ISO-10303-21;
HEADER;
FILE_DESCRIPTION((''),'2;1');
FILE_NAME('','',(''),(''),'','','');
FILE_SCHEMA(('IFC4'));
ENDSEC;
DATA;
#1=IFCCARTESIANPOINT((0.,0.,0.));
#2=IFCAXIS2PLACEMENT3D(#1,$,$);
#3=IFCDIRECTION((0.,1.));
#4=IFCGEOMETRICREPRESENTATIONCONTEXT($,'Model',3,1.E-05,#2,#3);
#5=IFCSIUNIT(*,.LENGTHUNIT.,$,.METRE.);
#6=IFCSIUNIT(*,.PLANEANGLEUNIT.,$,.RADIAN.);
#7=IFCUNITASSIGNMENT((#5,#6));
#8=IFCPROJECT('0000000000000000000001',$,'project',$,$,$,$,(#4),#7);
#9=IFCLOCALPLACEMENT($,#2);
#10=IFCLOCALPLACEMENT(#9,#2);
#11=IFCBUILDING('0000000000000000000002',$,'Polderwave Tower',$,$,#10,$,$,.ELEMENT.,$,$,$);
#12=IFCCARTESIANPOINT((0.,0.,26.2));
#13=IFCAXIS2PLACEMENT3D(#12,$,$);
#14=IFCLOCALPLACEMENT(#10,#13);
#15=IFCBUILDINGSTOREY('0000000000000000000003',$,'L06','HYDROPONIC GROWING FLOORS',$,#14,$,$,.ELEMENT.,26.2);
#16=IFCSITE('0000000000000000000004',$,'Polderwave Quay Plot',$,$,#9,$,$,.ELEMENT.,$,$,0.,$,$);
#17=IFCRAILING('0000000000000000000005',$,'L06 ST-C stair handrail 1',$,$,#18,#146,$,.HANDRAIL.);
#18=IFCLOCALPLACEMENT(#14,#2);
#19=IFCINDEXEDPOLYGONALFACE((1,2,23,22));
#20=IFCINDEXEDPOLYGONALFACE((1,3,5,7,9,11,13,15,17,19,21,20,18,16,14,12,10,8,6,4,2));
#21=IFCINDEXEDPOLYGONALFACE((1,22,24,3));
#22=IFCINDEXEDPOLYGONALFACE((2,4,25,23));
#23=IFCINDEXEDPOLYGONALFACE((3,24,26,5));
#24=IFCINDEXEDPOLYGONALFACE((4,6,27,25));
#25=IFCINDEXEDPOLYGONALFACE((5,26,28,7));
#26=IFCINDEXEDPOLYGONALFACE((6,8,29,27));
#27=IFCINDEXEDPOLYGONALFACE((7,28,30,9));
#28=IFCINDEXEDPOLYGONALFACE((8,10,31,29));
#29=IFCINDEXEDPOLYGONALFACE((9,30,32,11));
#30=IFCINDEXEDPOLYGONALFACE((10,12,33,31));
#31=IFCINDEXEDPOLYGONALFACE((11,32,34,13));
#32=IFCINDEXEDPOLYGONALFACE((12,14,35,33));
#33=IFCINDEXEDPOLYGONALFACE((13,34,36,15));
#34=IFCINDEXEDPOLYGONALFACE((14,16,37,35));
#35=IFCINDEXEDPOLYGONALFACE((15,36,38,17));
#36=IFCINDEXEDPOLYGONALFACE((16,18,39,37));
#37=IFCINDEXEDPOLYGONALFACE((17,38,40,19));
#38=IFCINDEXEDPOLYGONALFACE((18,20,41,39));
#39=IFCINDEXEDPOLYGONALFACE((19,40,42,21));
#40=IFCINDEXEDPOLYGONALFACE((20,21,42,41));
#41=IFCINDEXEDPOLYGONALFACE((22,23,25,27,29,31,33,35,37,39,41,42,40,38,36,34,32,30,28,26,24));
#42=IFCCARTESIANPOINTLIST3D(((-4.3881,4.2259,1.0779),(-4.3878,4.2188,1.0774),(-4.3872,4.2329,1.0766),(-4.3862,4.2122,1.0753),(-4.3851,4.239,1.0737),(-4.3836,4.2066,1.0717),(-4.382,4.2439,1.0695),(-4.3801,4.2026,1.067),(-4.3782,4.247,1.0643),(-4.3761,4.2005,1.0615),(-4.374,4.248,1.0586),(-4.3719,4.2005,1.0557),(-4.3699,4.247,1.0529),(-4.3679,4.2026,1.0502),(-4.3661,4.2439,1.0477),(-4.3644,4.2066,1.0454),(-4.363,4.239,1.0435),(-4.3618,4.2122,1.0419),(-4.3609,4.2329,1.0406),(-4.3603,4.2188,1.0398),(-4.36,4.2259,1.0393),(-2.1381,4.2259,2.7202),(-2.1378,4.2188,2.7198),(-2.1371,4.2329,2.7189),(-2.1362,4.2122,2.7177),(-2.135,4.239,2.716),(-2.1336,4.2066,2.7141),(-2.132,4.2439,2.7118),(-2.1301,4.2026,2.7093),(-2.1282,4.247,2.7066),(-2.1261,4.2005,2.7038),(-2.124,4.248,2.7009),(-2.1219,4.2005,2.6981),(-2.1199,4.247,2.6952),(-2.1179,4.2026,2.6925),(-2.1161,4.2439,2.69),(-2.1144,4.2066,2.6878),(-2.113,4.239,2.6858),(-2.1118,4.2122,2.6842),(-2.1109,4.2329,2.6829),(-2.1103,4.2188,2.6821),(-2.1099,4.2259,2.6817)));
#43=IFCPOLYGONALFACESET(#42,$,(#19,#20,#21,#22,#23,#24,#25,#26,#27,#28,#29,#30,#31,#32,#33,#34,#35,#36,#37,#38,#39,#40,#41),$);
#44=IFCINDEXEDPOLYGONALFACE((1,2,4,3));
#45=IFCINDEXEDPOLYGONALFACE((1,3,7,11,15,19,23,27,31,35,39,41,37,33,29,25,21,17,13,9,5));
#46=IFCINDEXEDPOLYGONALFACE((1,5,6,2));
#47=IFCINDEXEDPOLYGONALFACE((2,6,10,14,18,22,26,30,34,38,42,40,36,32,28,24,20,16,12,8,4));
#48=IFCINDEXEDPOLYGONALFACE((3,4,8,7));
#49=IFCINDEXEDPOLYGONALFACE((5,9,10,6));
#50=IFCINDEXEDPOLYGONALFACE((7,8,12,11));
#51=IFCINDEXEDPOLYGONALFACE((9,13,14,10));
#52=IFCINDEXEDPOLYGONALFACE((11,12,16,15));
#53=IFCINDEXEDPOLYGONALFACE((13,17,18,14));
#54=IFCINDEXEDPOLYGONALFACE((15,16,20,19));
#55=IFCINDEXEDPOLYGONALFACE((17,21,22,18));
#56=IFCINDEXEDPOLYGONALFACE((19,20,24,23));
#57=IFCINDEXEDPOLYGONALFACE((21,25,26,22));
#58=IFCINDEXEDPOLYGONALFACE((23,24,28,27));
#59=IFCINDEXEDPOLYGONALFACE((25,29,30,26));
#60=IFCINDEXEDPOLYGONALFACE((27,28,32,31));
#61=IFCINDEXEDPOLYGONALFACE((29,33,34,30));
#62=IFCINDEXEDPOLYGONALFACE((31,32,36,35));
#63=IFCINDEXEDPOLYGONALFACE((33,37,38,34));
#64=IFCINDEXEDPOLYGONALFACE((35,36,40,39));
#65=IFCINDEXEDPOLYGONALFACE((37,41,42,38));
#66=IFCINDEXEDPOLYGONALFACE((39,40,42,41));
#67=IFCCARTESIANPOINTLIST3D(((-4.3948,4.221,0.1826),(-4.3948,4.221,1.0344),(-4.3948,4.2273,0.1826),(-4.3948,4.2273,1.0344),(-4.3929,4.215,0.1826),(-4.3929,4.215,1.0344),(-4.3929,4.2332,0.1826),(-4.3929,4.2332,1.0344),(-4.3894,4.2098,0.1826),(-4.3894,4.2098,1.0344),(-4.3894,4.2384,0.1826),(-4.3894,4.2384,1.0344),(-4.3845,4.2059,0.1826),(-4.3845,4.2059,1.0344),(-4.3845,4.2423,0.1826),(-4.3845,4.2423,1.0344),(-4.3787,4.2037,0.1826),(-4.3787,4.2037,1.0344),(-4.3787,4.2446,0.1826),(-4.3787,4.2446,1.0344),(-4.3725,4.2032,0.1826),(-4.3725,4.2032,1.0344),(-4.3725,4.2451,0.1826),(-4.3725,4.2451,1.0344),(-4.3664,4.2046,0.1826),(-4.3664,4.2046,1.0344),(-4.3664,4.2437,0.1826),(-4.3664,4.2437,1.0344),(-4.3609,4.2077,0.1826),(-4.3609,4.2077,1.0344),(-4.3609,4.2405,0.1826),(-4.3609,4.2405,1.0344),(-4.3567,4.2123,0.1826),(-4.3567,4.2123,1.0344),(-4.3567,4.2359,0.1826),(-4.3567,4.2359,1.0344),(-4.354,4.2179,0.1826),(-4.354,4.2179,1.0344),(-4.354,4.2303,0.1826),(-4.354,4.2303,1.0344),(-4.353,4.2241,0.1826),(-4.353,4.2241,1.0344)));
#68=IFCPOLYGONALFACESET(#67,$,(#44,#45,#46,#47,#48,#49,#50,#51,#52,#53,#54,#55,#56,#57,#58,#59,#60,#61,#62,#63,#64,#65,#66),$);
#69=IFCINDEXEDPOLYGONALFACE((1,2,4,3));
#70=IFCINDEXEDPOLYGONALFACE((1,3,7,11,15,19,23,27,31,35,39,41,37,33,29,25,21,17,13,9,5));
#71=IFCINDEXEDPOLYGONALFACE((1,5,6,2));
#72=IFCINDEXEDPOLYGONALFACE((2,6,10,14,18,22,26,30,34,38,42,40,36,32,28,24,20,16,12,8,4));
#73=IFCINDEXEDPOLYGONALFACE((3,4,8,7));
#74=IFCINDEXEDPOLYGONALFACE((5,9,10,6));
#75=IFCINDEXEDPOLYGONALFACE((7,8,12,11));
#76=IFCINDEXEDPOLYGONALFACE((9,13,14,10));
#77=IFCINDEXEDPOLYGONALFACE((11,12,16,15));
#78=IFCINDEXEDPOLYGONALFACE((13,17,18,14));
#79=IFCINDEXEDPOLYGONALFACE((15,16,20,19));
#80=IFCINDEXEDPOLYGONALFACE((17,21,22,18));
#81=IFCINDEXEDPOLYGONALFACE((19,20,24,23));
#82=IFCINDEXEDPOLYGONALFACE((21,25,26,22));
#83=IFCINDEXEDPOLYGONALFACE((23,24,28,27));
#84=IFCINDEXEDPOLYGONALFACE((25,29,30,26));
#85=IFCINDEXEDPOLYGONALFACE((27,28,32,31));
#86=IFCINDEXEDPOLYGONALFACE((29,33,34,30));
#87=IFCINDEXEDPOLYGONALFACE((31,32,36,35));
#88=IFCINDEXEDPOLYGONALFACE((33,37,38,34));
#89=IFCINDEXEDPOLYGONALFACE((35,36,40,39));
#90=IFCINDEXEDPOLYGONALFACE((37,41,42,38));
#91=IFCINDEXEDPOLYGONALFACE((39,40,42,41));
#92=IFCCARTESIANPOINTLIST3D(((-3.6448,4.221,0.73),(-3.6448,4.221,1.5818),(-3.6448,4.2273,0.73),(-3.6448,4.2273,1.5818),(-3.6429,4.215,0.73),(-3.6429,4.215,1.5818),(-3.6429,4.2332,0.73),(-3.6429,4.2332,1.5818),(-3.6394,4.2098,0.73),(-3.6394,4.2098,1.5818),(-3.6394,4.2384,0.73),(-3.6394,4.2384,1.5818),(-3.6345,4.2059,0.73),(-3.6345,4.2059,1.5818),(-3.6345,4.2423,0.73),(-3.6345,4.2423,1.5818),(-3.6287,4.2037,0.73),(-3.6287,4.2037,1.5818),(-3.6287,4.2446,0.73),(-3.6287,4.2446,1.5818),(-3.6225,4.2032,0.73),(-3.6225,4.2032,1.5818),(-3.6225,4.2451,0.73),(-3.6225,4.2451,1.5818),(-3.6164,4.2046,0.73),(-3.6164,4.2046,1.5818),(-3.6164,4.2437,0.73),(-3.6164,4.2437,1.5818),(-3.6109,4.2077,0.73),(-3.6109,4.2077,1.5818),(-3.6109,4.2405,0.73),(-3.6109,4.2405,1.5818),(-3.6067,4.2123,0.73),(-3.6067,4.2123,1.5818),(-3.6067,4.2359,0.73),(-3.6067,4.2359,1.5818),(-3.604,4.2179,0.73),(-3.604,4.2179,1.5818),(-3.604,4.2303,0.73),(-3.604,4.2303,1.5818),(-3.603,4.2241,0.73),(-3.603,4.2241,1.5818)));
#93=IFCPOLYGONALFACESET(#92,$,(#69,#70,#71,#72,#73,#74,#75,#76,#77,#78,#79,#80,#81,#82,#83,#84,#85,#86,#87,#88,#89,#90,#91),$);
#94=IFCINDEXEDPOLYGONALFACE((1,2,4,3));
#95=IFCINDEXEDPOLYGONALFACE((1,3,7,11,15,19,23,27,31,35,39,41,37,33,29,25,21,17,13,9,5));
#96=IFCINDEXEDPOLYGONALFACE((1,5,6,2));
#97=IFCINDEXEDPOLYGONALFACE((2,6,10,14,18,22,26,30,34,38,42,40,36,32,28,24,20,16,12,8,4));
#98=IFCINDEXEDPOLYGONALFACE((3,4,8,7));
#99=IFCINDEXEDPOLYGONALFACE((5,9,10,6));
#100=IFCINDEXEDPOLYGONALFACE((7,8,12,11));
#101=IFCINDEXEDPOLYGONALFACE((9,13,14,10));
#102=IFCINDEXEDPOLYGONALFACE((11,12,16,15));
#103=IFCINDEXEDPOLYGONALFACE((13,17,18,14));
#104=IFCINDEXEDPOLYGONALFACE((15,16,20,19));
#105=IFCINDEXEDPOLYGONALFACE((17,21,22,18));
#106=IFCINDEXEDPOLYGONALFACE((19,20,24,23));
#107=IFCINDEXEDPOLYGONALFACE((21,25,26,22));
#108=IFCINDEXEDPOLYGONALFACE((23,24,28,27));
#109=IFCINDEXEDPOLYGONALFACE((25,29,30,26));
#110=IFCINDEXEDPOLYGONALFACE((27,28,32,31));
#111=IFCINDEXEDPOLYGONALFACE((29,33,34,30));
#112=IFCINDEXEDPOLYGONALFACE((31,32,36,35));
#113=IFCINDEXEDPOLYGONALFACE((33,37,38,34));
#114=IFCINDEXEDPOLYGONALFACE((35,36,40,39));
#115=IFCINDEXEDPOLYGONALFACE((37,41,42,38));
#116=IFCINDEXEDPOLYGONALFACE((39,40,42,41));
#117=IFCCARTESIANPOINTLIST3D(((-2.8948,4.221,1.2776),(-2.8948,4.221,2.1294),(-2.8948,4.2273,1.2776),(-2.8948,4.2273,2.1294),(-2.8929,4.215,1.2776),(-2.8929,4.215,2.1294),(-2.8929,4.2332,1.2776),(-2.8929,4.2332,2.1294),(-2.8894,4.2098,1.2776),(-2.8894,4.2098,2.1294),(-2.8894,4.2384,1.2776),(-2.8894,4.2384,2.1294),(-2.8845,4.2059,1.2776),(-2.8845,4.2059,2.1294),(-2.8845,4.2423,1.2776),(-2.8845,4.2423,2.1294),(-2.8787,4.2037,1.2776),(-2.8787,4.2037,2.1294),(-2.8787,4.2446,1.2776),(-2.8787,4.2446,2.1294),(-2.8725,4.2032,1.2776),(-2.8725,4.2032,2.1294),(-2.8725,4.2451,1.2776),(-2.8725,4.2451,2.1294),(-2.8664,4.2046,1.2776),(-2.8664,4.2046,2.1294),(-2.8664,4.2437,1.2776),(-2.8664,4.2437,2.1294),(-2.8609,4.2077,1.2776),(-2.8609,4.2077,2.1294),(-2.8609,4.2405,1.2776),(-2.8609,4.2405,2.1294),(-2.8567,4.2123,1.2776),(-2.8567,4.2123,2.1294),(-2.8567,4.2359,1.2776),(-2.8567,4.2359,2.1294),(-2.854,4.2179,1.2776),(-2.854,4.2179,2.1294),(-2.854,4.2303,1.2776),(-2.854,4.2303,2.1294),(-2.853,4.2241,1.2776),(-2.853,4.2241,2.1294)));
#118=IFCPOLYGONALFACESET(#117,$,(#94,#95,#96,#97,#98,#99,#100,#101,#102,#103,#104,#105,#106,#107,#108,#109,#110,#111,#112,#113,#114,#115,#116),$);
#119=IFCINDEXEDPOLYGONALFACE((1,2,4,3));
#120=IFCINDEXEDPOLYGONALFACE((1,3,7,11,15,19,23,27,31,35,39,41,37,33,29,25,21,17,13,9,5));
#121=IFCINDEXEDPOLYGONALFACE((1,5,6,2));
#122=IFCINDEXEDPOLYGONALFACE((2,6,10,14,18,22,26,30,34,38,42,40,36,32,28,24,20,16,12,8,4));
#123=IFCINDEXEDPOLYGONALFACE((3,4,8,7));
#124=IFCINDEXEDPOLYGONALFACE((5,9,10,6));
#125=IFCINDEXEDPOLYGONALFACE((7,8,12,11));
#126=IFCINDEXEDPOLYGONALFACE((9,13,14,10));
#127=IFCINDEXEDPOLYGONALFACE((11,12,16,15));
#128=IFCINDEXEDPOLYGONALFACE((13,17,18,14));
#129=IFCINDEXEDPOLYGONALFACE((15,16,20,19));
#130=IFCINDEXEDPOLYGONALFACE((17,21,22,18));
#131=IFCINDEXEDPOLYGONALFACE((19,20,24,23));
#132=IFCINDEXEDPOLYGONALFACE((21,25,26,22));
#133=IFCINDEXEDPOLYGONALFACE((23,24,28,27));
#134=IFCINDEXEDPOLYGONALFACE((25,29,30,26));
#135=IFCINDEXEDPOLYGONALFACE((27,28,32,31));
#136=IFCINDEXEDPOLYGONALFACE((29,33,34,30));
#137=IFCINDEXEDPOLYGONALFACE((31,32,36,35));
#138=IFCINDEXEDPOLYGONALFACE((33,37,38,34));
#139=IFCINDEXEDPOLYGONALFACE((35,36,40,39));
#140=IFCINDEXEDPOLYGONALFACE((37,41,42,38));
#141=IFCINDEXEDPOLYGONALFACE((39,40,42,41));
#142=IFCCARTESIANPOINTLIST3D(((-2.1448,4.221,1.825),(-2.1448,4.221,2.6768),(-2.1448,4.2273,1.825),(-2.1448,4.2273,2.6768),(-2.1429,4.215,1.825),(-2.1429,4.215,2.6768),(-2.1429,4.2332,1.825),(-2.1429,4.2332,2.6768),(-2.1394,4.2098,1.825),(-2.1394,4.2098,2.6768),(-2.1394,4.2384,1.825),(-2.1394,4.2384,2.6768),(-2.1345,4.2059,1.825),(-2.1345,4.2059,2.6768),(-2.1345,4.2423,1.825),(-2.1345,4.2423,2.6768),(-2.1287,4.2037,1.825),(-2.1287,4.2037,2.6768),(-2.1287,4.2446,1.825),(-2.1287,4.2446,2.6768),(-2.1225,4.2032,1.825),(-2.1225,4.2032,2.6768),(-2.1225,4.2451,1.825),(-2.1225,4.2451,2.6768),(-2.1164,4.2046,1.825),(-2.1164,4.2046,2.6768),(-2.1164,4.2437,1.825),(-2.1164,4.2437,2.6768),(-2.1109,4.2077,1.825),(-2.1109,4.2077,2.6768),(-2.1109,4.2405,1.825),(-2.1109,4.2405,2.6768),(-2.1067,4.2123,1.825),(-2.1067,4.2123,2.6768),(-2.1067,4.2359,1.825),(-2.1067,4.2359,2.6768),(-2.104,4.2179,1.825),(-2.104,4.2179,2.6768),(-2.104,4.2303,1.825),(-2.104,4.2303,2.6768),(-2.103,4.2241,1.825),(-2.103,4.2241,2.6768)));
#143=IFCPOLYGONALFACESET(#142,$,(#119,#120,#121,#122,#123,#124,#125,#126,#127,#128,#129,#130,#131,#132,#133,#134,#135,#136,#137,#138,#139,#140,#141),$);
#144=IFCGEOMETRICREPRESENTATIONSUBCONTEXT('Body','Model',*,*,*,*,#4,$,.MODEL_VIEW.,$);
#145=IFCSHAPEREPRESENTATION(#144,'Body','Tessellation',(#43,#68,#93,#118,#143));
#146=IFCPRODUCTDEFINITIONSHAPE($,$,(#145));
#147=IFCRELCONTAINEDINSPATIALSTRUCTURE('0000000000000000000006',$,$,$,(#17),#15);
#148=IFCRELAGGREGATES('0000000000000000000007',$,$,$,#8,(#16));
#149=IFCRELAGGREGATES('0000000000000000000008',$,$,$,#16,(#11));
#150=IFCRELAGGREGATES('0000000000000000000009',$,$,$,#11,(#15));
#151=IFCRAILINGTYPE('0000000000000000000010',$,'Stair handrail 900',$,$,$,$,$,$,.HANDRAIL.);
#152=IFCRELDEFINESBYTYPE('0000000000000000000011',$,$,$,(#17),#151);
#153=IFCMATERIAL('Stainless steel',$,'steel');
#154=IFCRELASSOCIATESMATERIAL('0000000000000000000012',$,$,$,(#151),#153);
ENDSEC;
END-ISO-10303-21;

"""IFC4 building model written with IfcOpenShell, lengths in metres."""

from ifc_helpers import new_model, si_unit, direction, frame, origin, origin_2d, place, context, subcontext, project, spatial, circle, extrude, material, type_object, element, save


model = new_model("IFC4")

# Units and contexts
model_context = context("Model", 3, precision=1e-05, world=origin(), true_north=direction((0.0, 1.0)))
body_context = subcontext(model_context, "Body", "Model", "MODEL_VIEW")
ifc_project = project(units=[si_unit("LENGTHUNIT", "METRE"), si_unit("PLANEANGLEUNIT", "RADIAN")], contexts=[model_context])

# Site, building, storey
site_placement = place(None, origin())
site = spatial("IfcSite", under=ifc_project, at=site_placement, Name="Polderwave Quay Plot", CompositionType="ELEMENT", RefElevation=0.0)
building_placement = place(site_placement, origin())
building = spatial("IfcBuilding", under=site, at=building_placement, Name="Polderwave Tower", CompositionType="ELEMENT")
storey_placement = place(building_placement, frame((0.0, 0.0, 26.2)))
storey = spatial("IfcBuildingStorey", under=building, at=storey_placement, Name="L06", Description="HYDROPONIC GROWING FLOORS", CompositionType="ELEMENT", Elevation=26.2)

# Railing
ifc_material_1 = material(Name="Stainless steel", Category="steel")
railing_type_1 = type_object("IfcRailingType", Name="Stair handrail 900", PredefinedType="HANDRAIL", material=ifc_material_1)
railing_1_placement = place(storey_placement, frame((-4.374, 4.2241, 0.1826)))
element("IfcRailing", 1, at=railing_1_placement, inside=storey, type_object=railing_type_1, Name="L06 ST-C stair handrail 1", PredefinedType="HANDRAIL", context=body_context, shape_type="SweptSolid", body=[
    extrude(circle(Radius=0.0239, at=origin_2d()), frame((0.0, 0.0, 0.876), z_axis=(0.807715, 0.0, 0.589573), x_axis=(0.0, 1.0, 0.0)), (0.0, 0.0, 1.0), 2.7856),
    extrude(circle(Radius=0.021, at=origin_2d()), origin(), (0.0, 0.0, 1.0), 0.8518),
    extrude(circle(Radius=0.021, at=origin_2d()), frame((0.75, 0.0, 0.5474)), (0.0, 0.0, 1.0), 0.8518),
    extrude(circle(Radius=0.021, at=origin_2d()), frame((1.5, 0.0, 1.095)), (0.0, 0.0, 1.0), 0.8518),
    extrude(circle(Radius=0.021, at=origin_2d()), frame((2.25, 0.0, 1.6423)), (0.0, 0.0, 1.0), 0.8518),
])

save(model, "model.ifc")
